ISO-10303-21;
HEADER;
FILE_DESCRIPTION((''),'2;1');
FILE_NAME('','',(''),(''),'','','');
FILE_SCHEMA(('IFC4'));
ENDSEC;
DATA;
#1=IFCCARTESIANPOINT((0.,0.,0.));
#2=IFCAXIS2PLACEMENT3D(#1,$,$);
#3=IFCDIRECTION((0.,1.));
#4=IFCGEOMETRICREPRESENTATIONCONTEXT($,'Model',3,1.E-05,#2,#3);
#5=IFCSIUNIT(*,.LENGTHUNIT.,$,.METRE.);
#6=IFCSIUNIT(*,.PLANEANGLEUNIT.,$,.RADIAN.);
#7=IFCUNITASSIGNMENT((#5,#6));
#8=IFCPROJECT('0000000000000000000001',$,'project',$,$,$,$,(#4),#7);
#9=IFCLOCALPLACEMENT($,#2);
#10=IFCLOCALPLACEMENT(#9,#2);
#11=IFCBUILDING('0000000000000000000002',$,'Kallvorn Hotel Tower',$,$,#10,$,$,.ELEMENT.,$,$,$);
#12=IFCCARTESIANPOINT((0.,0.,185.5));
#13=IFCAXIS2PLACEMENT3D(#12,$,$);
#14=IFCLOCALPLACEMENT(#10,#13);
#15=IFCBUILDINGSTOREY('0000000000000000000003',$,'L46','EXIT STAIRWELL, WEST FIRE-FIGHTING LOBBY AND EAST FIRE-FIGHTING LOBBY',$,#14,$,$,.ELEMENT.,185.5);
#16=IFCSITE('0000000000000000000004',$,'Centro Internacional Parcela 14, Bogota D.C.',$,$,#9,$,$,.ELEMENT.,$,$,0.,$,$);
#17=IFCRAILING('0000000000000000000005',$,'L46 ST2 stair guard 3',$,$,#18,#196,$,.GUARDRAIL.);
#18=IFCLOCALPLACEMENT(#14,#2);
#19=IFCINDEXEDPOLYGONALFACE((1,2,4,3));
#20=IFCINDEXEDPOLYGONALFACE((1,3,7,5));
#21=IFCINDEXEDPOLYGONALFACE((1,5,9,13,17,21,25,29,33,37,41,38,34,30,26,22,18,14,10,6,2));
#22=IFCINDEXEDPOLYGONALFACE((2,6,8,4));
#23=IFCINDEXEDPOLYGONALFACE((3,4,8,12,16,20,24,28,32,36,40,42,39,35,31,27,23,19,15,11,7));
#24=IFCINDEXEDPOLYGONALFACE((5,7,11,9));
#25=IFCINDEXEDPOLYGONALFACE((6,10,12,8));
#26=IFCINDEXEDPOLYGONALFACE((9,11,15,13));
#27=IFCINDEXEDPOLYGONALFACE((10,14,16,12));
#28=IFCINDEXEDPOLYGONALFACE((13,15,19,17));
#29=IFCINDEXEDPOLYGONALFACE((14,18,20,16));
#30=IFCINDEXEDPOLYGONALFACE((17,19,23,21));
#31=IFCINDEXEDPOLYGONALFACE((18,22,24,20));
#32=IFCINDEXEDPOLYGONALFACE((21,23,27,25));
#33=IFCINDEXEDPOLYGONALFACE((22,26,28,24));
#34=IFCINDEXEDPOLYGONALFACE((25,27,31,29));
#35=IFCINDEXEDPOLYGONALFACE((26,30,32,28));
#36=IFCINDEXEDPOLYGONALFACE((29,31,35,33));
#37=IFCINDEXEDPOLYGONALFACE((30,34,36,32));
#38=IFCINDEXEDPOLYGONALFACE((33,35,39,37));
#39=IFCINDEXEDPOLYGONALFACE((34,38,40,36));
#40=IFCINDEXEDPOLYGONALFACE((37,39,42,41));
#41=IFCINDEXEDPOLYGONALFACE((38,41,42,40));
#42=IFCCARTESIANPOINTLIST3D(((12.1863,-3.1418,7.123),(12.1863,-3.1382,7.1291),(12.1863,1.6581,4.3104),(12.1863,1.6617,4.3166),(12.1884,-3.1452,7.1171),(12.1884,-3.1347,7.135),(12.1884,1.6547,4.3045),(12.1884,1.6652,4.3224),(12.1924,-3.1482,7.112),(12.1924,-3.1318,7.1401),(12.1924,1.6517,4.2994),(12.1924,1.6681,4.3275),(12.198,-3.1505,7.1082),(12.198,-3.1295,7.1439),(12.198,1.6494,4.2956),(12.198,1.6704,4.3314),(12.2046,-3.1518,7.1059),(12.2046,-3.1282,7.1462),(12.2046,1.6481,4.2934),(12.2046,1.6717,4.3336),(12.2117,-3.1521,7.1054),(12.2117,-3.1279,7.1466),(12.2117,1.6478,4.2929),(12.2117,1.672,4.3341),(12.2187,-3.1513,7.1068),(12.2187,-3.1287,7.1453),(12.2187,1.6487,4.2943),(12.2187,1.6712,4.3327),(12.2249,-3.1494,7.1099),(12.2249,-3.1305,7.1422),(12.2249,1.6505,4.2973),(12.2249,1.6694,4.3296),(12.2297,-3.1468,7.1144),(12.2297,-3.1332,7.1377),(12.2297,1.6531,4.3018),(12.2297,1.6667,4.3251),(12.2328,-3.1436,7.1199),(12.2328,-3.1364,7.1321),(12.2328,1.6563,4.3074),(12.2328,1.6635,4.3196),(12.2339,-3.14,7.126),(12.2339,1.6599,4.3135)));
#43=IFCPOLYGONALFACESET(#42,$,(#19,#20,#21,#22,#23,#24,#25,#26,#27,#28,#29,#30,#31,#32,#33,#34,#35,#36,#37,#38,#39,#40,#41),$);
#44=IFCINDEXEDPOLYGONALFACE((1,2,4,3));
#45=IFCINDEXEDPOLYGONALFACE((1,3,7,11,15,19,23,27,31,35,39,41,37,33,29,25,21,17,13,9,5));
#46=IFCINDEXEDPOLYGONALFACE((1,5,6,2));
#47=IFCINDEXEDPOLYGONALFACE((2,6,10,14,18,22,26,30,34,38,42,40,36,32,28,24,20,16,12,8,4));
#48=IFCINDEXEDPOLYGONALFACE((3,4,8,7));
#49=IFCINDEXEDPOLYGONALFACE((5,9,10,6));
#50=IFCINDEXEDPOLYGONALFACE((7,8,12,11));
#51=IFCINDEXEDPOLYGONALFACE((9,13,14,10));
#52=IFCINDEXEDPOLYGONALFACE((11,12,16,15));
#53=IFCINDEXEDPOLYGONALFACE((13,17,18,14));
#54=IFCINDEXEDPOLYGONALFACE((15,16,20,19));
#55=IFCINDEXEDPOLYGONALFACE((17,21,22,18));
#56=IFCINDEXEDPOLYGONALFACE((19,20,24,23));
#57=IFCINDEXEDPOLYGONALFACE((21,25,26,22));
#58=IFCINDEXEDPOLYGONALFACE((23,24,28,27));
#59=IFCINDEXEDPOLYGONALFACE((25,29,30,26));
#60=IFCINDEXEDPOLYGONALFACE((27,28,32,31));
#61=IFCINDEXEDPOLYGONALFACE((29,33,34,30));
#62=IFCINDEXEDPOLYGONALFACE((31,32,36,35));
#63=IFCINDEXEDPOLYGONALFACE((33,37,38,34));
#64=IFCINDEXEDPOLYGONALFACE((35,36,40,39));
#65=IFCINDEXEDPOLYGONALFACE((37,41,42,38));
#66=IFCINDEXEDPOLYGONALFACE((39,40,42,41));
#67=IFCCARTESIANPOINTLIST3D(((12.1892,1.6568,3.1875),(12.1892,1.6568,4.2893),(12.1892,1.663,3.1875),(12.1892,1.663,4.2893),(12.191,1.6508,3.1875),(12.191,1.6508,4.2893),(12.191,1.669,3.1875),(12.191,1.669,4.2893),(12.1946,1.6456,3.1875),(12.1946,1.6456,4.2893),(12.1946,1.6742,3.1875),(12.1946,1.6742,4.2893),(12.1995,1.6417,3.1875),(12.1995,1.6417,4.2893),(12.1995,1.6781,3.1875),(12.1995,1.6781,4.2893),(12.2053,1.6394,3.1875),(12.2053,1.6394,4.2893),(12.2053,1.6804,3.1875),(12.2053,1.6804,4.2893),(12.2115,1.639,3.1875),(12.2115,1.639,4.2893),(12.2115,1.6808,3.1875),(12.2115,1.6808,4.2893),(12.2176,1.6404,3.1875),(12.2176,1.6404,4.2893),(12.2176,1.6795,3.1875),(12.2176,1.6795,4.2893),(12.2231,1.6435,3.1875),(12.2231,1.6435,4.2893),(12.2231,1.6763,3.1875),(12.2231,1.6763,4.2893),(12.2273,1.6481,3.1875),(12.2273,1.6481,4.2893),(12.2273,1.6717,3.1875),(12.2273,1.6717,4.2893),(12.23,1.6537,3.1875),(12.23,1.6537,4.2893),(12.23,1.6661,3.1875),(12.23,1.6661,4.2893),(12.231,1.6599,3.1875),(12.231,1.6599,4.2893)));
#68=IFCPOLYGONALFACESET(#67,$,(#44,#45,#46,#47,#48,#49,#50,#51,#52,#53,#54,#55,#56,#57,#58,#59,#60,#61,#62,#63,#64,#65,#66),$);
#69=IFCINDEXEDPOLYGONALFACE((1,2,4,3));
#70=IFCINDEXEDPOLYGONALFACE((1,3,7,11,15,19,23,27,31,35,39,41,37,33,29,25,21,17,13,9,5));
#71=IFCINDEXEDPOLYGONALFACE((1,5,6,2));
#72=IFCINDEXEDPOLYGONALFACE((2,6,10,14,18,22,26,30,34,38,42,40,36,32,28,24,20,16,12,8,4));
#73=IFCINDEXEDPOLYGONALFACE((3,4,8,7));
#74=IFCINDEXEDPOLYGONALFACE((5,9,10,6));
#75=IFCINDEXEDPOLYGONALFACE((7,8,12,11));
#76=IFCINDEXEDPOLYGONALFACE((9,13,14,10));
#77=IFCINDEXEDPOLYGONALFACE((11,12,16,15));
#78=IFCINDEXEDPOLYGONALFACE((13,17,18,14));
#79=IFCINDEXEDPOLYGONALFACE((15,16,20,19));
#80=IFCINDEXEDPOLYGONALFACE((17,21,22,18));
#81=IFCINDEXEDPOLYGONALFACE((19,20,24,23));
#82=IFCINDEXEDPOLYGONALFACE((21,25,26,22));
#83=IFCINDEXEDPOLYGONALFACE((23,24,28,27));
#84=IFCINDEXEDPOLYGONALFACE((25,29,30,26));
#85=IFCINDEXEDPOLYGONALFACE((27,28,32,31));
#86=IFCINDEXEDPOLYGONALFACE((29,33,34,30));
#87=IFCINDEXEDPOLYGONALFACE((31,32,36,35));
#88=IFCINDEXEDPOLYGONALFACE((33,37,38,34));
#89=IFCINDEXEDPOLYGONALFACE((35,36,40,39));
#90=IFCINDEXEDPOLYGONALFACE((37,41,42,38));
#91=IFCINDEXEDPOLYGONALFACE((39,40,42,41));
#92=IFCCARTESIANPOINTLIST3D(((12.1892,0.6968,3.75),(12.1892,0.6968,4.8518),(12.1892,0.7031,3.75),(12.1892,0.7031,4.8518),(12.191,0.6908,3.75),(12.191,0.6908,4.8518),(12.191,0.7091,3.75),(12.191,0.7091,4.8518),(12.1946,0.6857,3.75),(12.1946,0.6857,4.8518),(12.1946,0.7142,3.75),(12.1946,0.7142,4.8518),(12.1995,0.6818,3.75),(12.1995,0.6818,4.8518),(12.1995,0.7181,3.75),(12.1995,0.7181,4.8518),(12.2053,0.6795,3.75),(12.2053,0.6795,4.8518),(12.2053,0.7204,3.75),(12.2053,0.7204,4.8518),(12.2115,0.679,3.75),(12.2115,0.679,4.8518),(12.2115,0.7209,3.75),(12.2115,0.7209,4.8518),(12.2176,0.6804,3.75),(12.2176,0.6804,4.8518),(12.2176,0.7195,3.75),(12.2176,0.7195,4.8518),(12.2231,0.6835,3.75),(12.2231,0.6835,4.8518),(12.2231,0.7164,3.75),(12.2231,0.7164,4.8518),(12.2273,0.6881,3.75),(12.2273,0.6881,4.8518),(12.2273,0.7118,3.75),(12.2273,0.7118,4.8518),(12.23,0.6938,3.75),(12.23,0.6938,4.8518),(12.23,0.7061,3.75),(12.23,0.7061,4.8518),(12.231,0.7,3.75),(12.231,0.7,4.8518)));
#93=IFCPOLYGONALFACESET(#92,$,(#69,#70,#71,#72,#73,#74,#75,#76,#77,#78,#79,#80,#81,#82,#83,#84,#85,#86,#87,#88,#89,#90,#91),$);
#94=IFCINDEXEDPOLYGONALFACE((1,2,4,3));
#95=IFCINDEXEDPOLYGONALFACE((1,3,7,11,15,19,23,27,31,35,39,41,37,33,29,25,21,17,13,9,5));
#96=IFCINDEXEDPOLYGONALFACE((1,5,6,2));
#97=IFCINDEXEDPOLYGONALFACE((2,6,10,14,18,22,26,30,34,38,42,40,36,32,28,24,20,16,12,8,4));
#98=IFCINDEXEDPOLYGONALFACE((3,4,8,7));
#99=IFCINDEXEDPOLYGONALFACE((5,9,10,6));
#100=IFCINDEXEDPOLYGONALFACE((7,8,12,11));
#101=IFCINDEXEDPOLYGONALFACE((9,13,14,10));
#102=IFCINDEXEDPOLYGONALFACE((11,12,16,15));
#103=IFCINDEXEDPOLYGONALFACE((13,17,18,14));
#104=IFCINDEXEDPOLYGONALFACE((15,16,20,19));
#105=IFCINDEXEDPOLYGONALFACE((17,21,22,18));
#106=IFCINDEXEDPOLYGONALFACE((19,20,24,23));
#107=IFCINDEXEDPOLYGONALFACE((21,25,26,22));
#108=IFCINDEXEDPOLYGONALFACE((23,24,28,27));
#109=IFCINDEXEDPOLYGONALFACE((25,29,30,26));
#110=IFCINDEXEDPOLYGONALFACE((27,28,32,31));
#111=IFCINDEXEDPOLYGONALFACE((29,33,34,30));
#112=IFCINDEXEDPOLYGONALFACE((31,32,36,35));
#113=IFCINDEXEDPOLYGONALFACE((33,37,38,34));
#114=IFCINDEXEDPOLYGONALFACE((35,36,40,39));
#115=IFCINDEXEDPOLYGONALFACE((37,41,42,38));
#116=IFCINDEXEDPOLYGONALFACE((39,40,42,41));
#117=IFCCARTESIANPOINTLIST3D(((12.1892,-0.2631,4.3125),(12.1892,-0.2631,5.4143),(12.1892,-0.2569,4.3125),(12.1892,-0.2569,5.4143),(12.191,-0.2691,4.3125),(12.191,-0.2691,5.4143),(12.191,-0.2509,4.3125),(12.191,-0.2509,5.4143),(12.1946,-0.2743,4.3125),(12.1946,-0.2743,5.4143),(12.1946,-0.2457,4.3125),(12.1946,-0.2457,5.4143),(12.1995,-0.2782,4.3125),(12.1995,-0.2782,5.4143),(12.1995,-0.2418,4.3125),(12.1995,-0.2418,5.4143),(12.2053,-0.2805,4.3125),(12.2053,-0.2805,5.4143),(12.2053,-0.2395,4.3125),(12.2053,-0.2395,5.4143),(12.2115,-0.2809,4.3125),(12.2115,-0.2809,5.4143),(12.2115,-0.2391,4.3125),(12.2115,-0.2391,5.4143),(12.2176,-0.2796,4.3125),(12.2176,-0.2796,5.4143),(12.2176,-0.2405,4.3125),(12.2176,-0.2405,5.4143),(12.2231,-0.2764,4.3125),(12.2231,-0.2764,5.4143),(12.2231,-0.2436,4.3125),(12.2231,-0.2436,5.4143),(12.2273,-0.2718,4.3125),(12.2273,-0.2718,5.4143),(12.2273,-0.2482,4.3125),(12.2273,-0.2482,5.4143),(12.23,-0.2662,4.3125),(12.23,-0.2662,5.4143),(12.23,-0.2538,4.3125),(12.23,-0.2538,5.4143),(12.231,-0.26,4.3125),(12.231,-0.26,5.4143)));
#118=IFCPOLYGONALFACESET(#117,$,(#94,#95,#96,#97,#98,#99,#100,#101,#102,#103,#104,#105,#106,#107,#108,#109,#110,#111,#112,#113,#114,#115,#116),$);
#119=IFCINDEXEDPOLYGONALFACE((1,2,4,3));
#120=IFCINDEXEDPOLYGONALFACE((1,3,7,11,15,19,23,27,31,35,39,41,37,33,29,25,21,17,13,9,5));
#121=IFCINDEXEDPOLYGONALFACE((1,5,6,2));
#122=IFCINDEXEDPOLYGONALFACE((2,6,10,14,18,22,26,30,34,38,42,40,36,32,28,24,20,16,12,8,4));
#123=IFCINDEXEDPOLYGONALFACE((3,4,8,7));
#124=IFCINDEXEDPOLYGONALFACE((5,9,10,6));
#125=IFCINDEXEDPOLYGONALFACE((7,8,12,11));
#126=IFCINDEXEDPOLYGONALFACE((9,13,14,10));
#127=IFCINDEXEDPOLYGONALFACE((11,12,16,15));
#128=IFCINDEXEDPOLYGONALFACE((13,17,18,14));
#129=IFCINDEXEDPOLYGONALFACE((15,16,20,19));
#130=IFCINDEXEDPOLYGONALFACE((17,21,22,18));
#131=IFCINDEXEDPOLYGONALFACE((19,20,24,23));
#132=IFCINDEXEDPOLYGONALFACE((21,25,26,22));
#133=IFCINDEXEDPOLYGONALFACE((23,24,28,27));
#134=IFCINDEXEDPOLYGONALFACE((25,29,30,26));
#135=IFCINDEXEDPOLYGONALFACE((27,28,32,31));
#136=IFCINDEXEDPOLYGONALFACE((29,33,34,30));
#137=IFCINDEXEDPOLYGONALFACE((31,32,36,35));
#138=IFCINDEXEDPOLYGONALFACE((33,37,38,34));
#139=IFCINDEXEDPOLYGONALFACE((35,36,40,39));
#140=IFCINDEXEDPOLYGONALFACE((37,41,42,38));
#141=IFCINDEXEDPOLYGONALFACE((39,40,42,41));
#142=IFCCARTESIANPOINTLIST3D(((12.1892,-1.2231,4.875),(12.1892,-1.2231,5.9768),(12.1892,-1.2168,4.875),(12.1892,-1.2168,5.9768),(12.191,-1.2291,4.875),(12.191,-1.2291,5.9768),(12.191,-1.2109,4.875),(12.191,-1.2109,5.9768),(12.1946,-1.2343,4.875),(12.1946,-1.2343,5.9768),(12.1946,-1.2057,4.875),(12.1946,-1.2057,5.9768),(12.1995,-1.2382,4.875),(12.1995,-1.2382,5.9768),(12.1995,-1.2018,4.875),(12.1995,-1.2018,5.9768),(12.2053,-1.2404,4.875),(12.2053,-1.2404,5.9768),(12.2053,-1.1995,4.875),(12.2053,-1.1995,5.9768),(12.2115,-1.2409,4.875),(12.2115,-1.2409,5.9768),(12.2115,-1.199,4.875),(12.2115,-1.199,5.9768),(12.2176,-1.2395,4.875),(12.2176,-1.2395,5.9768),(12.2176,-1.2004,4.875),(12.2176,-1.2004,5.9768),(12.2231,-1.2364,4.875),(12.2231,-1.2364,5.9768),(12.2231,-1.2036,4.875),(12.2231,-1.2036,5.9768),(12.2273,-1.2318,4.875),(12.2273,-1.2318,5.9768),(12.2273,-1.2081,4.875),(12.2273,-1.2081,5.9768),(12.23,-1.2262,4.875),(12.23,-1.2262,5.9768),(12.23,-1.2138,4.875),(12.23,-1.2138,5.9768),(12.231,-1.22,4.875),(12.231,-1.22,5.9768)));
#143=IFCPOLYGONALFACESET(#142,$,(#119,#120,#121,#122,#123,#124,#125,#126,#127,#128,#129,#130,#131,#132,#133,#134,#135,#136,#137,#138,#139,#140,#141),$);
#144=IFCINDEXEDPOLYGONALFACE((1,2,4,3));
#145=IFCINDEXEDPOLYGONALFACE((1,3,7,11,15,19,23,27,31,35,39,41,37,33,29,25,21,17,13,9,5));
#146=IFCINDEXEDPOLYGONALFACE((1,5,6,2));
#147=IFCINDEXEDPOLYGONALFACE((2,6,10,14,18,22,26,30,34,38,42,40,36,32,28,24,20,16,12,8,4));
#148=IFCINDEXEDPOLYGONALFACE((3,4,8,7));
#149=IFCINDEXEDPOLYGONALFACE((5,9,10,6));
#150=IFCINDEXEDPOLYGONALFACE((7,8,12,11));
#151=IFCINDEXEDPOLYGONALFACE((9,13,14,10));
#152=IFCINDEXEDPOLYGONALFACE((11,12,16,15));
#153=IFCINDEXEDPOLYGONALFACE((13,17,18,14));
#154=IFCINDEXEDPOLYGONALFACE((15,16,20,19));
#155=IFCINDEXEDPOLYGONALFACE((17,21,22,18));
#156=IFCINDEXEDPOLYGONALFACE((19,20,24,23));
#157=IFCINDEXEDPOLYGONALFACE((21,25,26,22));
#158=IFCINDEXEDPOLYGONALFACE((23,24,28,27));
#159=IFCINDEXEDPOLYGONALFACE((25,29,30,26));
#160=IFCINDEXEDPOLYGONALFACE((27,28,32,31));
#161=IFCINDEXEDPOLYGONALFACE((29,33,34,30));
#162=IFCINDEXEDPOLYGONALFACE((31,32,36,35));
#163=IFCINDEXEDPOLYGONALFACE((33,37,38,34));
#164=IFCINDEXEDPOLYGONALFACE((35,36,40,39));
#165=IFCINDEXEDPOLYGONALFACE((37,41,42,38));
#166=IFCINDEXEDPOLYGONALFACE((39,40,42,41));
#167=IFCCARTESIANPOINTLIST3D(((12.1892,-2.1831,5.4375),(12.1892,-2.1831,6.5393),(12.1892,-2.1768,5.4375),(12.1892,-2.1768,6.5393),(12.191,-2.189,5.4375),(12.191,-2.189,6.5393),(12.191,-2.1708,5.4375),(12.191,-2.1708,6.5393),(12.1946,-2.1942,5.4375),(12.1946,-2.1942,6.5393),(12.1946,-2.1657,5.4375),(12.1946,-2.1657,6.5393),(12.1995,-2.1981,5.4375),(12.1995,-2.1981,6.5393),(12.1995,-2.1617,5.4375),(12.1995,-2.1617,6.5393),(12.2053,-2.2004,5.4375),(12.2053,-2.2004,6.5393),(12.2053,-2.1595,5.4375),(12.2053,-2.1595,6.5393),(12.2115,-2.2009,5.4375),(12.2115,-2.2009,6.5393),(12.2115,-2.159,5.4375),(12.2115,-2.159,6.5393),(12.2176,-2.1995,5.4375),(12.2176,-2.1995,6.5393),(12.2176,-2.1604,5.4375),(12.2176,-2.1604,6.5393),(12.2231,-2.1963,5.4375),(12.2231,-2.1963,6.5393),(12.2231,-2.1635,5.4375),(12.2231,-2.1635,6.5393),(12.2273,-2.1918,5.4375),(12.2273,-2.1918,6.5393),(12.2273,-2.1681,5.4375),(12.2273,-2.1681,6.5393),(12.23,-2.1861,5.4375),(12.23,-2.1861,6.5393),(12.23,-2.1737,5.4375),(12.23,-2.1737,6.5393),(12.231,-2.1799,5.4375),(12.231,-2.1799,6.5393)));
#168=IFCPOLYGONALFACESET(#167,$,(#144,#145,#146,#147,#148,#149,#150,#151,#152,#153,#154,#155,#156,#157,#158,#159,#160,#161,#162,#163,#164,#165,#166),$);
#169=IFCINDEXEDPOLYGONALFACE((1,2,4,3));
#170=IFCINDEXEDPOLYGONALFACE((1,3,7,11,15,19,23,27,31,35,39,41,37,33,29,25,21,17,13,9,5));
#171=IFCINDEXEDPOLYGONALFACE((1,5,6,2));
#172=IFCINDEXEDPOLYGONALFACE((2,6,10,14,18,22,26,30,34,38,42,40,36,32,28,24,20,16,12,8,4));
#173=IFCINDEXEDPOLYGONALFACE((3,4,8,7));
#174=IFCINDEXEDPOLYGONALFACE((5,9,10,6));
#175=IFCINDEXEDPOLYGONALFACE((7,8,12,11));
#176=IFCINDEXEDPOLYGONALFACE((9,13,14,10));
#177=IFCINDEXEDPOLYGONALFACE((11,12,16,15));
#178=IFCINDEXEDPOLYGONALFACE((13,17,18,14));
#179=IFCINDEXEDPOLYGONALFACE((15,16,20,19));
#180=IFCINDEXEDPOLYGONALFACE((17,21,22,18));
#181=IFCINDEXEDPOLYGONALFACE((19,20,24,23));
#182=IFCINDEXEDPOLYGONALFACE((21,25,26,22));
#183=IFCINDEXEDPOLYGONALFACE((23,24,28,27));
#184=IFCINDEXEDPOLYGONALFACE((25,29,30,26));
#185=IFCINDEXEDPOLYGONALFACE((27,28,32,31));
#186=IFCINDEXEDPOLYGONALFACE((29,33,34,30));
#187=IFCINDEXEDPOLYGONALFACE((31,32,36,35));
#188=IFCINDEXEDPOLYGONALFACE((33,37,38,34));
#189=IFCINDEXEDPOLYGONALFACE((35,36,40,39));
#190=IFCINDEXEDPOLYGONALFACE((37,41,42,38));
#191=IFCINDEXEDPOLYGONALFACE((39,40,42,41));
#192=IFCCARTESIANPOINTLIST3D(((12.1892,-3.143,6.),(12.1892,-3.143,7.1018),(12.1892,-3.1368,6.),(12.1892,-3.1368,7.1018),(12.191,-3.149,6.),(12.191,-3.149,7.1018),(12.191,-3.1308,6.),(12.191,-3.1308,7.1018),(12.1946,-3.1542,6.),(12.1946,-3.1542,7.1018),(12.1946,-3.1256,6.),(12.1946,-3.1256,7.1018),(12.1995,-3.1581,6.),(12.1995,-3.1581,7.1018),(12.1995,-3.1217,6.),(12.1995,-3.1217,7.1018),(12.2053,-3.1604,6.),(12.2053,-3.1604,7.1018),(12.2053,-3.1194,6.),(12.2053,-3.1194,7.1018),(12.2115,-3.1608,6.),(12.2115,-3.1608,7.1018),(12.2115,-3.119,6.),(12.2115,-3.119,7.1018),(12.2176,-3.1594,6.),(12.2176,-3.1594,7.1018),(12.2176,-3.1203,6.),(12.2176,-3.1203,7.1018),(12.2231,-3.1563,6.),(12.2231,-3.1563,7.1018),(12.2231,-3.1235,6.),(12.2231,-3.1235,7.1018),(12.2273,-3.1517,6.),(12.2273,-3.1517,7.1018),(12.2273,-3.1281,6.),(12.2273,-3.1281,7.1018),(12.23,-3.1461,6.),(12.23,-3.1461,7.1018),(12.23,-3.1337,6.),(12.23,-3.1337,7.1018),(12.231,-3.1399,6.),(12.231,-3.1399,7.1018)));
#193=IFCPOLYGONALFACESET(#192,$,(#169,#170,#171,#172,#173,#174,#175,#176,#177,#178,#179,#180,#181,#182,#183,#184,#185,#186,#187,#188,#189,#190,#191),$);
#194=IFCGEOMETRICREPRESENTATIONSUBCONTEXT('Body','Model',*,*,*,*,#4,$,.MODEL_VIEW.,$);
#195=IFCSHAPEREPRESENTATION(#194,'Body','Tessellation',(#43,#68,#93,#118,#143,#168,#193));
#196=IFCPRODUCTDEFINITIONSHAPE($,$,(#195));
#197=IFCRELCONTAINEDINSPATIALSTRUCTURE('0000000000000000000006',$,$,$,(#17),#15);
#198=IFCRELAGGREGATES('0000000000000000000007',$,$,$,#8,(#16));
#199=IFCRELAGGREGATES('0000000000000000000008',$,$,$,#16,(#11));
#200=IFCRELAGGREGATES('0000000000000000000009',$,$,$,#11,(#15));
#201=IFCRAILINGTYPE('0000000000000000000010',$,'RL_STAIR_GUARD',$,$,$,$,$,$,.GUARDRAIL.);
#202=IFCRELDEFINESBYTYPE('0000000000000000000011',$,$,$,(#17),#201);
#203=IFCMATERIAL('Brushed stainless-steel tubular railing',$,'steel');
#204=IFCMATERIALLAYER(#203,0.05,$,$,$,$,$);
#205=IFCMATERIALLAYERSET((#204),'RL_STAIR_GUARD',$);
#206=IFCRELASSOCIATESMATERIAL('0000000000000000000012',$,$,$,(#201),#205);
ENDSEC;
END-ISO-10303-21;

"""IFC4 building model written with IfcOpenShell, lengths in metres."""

from ifc_helpers import new_model, si_unit, direction, frame, origin, origin_2d, place, context, subcontext, project, spatial, circle, extrude, material, layer, layer_set, type_object, element, save


model = new_model("IFC4")

# Units and contexts
model_context = context("Model", 3, precision=1e-05, world=origin(), true_north=direction((0.0, 1.0)))
body_context = subcontext(model_context, "Body", "Model", "MODEL_VIEW")
ifc_project = project(units=[si_unit("LENGTHUNIT", "METRE"), si_unit("PLANEANGLEUNIT", "RADIAN")], contexts=[model_context])

# Site, building, storey
site_placement = place(None, origin())
site = spatial("IfcSite", under=ifc_project, at=site_placement, Name="Centro Internacional Parcela 14, Bogota D.C.", CompositionType="ELEMENT", RefElevation=0.0)
building_placement = place(site_placement, origin())
building = spatial("IfcBuilding", under=site, at=building_placement, Name="Kallvorn Hotel Tower", CompositionType="ELEMENT")
storey_placement = place(building_placement, frame((0.0, 0.0, 185.5)))
storey = spatial("IfcBuildingStorey", under=building, at=storey_placement, Name="L46", Description="EXIT STAIRWELL, WEST FIRE-FIGHTING LOBBY AND EAST FIRE-FIGHTING LOBBY", CompositionType="ELEMENT", Elevation=185.5)

# Railing
ifc_material_1 = material(Name="Brushed stainless-steel tubular railing", Category="steel")
ifc_layer_1 = layer(ifc_material_1, 0.05)
ifc_layer_set_1 = layer_set([ifc_layer_1], Name="RL_STAIR_GUARD")
railing_type_1 = type_object("IfcRailingType", Name="RL_STAIR_GUARD", PredefinedType="GUARDRAIL", material=ifc_layer_set_1)
railing_1_placement = place(storey_placement, frame((12.21, 1.6599, 3.1875)))
element("IfcRailing", 1, at=railing_1_placement, inside=storey, type_object=railing_type_1, Name="L46 ST2 stair guard 3", PredefinedType="GUARDRAIL", context=body_context, shape_type="SweptSolid", body=[
    extrude(circle(Radius=0.0239, at=origin_2d()), frame((0.0, 0.0, 1.126), z_axis=(0.0, -0.86279, 0.505562), x_axis=(1.0, 0.0, 0.0)), (0.0, 0.0, 1.0), 5.5632),
    extrude(circle(Radius=0.021, at=origin_2d()), origin(), (0.0, 0.0, 1.0), 1.1018),
    extrude(circle(Radius=0.021, at=origin_2d()), frame((0.0, -0.96, 0.5625)), (0.0, 0.0, 1.0), 1.1018),
    extrude(circle(Radius=0.021, at=origin_2d()), frame((0.0, -1.9199, 1.125)), (0.0, 0.0, 1.0), 1.1018),
    extrude(circle(Radius=0.021, at=origin_2d()), frame((0.0, -2.8799, 1.6875)), (0.0, 0.0, 1.0), 1.1018),
    extrude(circle(Radius=0.021, at=origin_2d()), frame((0.0, -3.8398, 2.25)), (0.0, 0.0, 1.0), 1.1018),
    extrude(circle(Radius=0.021, at=origin_2d()), frame((0.0, -4.7998, 2.8125)), (0.0, 0.0, 1.0), 1.1018),
])

save(model, "model.ifc")
